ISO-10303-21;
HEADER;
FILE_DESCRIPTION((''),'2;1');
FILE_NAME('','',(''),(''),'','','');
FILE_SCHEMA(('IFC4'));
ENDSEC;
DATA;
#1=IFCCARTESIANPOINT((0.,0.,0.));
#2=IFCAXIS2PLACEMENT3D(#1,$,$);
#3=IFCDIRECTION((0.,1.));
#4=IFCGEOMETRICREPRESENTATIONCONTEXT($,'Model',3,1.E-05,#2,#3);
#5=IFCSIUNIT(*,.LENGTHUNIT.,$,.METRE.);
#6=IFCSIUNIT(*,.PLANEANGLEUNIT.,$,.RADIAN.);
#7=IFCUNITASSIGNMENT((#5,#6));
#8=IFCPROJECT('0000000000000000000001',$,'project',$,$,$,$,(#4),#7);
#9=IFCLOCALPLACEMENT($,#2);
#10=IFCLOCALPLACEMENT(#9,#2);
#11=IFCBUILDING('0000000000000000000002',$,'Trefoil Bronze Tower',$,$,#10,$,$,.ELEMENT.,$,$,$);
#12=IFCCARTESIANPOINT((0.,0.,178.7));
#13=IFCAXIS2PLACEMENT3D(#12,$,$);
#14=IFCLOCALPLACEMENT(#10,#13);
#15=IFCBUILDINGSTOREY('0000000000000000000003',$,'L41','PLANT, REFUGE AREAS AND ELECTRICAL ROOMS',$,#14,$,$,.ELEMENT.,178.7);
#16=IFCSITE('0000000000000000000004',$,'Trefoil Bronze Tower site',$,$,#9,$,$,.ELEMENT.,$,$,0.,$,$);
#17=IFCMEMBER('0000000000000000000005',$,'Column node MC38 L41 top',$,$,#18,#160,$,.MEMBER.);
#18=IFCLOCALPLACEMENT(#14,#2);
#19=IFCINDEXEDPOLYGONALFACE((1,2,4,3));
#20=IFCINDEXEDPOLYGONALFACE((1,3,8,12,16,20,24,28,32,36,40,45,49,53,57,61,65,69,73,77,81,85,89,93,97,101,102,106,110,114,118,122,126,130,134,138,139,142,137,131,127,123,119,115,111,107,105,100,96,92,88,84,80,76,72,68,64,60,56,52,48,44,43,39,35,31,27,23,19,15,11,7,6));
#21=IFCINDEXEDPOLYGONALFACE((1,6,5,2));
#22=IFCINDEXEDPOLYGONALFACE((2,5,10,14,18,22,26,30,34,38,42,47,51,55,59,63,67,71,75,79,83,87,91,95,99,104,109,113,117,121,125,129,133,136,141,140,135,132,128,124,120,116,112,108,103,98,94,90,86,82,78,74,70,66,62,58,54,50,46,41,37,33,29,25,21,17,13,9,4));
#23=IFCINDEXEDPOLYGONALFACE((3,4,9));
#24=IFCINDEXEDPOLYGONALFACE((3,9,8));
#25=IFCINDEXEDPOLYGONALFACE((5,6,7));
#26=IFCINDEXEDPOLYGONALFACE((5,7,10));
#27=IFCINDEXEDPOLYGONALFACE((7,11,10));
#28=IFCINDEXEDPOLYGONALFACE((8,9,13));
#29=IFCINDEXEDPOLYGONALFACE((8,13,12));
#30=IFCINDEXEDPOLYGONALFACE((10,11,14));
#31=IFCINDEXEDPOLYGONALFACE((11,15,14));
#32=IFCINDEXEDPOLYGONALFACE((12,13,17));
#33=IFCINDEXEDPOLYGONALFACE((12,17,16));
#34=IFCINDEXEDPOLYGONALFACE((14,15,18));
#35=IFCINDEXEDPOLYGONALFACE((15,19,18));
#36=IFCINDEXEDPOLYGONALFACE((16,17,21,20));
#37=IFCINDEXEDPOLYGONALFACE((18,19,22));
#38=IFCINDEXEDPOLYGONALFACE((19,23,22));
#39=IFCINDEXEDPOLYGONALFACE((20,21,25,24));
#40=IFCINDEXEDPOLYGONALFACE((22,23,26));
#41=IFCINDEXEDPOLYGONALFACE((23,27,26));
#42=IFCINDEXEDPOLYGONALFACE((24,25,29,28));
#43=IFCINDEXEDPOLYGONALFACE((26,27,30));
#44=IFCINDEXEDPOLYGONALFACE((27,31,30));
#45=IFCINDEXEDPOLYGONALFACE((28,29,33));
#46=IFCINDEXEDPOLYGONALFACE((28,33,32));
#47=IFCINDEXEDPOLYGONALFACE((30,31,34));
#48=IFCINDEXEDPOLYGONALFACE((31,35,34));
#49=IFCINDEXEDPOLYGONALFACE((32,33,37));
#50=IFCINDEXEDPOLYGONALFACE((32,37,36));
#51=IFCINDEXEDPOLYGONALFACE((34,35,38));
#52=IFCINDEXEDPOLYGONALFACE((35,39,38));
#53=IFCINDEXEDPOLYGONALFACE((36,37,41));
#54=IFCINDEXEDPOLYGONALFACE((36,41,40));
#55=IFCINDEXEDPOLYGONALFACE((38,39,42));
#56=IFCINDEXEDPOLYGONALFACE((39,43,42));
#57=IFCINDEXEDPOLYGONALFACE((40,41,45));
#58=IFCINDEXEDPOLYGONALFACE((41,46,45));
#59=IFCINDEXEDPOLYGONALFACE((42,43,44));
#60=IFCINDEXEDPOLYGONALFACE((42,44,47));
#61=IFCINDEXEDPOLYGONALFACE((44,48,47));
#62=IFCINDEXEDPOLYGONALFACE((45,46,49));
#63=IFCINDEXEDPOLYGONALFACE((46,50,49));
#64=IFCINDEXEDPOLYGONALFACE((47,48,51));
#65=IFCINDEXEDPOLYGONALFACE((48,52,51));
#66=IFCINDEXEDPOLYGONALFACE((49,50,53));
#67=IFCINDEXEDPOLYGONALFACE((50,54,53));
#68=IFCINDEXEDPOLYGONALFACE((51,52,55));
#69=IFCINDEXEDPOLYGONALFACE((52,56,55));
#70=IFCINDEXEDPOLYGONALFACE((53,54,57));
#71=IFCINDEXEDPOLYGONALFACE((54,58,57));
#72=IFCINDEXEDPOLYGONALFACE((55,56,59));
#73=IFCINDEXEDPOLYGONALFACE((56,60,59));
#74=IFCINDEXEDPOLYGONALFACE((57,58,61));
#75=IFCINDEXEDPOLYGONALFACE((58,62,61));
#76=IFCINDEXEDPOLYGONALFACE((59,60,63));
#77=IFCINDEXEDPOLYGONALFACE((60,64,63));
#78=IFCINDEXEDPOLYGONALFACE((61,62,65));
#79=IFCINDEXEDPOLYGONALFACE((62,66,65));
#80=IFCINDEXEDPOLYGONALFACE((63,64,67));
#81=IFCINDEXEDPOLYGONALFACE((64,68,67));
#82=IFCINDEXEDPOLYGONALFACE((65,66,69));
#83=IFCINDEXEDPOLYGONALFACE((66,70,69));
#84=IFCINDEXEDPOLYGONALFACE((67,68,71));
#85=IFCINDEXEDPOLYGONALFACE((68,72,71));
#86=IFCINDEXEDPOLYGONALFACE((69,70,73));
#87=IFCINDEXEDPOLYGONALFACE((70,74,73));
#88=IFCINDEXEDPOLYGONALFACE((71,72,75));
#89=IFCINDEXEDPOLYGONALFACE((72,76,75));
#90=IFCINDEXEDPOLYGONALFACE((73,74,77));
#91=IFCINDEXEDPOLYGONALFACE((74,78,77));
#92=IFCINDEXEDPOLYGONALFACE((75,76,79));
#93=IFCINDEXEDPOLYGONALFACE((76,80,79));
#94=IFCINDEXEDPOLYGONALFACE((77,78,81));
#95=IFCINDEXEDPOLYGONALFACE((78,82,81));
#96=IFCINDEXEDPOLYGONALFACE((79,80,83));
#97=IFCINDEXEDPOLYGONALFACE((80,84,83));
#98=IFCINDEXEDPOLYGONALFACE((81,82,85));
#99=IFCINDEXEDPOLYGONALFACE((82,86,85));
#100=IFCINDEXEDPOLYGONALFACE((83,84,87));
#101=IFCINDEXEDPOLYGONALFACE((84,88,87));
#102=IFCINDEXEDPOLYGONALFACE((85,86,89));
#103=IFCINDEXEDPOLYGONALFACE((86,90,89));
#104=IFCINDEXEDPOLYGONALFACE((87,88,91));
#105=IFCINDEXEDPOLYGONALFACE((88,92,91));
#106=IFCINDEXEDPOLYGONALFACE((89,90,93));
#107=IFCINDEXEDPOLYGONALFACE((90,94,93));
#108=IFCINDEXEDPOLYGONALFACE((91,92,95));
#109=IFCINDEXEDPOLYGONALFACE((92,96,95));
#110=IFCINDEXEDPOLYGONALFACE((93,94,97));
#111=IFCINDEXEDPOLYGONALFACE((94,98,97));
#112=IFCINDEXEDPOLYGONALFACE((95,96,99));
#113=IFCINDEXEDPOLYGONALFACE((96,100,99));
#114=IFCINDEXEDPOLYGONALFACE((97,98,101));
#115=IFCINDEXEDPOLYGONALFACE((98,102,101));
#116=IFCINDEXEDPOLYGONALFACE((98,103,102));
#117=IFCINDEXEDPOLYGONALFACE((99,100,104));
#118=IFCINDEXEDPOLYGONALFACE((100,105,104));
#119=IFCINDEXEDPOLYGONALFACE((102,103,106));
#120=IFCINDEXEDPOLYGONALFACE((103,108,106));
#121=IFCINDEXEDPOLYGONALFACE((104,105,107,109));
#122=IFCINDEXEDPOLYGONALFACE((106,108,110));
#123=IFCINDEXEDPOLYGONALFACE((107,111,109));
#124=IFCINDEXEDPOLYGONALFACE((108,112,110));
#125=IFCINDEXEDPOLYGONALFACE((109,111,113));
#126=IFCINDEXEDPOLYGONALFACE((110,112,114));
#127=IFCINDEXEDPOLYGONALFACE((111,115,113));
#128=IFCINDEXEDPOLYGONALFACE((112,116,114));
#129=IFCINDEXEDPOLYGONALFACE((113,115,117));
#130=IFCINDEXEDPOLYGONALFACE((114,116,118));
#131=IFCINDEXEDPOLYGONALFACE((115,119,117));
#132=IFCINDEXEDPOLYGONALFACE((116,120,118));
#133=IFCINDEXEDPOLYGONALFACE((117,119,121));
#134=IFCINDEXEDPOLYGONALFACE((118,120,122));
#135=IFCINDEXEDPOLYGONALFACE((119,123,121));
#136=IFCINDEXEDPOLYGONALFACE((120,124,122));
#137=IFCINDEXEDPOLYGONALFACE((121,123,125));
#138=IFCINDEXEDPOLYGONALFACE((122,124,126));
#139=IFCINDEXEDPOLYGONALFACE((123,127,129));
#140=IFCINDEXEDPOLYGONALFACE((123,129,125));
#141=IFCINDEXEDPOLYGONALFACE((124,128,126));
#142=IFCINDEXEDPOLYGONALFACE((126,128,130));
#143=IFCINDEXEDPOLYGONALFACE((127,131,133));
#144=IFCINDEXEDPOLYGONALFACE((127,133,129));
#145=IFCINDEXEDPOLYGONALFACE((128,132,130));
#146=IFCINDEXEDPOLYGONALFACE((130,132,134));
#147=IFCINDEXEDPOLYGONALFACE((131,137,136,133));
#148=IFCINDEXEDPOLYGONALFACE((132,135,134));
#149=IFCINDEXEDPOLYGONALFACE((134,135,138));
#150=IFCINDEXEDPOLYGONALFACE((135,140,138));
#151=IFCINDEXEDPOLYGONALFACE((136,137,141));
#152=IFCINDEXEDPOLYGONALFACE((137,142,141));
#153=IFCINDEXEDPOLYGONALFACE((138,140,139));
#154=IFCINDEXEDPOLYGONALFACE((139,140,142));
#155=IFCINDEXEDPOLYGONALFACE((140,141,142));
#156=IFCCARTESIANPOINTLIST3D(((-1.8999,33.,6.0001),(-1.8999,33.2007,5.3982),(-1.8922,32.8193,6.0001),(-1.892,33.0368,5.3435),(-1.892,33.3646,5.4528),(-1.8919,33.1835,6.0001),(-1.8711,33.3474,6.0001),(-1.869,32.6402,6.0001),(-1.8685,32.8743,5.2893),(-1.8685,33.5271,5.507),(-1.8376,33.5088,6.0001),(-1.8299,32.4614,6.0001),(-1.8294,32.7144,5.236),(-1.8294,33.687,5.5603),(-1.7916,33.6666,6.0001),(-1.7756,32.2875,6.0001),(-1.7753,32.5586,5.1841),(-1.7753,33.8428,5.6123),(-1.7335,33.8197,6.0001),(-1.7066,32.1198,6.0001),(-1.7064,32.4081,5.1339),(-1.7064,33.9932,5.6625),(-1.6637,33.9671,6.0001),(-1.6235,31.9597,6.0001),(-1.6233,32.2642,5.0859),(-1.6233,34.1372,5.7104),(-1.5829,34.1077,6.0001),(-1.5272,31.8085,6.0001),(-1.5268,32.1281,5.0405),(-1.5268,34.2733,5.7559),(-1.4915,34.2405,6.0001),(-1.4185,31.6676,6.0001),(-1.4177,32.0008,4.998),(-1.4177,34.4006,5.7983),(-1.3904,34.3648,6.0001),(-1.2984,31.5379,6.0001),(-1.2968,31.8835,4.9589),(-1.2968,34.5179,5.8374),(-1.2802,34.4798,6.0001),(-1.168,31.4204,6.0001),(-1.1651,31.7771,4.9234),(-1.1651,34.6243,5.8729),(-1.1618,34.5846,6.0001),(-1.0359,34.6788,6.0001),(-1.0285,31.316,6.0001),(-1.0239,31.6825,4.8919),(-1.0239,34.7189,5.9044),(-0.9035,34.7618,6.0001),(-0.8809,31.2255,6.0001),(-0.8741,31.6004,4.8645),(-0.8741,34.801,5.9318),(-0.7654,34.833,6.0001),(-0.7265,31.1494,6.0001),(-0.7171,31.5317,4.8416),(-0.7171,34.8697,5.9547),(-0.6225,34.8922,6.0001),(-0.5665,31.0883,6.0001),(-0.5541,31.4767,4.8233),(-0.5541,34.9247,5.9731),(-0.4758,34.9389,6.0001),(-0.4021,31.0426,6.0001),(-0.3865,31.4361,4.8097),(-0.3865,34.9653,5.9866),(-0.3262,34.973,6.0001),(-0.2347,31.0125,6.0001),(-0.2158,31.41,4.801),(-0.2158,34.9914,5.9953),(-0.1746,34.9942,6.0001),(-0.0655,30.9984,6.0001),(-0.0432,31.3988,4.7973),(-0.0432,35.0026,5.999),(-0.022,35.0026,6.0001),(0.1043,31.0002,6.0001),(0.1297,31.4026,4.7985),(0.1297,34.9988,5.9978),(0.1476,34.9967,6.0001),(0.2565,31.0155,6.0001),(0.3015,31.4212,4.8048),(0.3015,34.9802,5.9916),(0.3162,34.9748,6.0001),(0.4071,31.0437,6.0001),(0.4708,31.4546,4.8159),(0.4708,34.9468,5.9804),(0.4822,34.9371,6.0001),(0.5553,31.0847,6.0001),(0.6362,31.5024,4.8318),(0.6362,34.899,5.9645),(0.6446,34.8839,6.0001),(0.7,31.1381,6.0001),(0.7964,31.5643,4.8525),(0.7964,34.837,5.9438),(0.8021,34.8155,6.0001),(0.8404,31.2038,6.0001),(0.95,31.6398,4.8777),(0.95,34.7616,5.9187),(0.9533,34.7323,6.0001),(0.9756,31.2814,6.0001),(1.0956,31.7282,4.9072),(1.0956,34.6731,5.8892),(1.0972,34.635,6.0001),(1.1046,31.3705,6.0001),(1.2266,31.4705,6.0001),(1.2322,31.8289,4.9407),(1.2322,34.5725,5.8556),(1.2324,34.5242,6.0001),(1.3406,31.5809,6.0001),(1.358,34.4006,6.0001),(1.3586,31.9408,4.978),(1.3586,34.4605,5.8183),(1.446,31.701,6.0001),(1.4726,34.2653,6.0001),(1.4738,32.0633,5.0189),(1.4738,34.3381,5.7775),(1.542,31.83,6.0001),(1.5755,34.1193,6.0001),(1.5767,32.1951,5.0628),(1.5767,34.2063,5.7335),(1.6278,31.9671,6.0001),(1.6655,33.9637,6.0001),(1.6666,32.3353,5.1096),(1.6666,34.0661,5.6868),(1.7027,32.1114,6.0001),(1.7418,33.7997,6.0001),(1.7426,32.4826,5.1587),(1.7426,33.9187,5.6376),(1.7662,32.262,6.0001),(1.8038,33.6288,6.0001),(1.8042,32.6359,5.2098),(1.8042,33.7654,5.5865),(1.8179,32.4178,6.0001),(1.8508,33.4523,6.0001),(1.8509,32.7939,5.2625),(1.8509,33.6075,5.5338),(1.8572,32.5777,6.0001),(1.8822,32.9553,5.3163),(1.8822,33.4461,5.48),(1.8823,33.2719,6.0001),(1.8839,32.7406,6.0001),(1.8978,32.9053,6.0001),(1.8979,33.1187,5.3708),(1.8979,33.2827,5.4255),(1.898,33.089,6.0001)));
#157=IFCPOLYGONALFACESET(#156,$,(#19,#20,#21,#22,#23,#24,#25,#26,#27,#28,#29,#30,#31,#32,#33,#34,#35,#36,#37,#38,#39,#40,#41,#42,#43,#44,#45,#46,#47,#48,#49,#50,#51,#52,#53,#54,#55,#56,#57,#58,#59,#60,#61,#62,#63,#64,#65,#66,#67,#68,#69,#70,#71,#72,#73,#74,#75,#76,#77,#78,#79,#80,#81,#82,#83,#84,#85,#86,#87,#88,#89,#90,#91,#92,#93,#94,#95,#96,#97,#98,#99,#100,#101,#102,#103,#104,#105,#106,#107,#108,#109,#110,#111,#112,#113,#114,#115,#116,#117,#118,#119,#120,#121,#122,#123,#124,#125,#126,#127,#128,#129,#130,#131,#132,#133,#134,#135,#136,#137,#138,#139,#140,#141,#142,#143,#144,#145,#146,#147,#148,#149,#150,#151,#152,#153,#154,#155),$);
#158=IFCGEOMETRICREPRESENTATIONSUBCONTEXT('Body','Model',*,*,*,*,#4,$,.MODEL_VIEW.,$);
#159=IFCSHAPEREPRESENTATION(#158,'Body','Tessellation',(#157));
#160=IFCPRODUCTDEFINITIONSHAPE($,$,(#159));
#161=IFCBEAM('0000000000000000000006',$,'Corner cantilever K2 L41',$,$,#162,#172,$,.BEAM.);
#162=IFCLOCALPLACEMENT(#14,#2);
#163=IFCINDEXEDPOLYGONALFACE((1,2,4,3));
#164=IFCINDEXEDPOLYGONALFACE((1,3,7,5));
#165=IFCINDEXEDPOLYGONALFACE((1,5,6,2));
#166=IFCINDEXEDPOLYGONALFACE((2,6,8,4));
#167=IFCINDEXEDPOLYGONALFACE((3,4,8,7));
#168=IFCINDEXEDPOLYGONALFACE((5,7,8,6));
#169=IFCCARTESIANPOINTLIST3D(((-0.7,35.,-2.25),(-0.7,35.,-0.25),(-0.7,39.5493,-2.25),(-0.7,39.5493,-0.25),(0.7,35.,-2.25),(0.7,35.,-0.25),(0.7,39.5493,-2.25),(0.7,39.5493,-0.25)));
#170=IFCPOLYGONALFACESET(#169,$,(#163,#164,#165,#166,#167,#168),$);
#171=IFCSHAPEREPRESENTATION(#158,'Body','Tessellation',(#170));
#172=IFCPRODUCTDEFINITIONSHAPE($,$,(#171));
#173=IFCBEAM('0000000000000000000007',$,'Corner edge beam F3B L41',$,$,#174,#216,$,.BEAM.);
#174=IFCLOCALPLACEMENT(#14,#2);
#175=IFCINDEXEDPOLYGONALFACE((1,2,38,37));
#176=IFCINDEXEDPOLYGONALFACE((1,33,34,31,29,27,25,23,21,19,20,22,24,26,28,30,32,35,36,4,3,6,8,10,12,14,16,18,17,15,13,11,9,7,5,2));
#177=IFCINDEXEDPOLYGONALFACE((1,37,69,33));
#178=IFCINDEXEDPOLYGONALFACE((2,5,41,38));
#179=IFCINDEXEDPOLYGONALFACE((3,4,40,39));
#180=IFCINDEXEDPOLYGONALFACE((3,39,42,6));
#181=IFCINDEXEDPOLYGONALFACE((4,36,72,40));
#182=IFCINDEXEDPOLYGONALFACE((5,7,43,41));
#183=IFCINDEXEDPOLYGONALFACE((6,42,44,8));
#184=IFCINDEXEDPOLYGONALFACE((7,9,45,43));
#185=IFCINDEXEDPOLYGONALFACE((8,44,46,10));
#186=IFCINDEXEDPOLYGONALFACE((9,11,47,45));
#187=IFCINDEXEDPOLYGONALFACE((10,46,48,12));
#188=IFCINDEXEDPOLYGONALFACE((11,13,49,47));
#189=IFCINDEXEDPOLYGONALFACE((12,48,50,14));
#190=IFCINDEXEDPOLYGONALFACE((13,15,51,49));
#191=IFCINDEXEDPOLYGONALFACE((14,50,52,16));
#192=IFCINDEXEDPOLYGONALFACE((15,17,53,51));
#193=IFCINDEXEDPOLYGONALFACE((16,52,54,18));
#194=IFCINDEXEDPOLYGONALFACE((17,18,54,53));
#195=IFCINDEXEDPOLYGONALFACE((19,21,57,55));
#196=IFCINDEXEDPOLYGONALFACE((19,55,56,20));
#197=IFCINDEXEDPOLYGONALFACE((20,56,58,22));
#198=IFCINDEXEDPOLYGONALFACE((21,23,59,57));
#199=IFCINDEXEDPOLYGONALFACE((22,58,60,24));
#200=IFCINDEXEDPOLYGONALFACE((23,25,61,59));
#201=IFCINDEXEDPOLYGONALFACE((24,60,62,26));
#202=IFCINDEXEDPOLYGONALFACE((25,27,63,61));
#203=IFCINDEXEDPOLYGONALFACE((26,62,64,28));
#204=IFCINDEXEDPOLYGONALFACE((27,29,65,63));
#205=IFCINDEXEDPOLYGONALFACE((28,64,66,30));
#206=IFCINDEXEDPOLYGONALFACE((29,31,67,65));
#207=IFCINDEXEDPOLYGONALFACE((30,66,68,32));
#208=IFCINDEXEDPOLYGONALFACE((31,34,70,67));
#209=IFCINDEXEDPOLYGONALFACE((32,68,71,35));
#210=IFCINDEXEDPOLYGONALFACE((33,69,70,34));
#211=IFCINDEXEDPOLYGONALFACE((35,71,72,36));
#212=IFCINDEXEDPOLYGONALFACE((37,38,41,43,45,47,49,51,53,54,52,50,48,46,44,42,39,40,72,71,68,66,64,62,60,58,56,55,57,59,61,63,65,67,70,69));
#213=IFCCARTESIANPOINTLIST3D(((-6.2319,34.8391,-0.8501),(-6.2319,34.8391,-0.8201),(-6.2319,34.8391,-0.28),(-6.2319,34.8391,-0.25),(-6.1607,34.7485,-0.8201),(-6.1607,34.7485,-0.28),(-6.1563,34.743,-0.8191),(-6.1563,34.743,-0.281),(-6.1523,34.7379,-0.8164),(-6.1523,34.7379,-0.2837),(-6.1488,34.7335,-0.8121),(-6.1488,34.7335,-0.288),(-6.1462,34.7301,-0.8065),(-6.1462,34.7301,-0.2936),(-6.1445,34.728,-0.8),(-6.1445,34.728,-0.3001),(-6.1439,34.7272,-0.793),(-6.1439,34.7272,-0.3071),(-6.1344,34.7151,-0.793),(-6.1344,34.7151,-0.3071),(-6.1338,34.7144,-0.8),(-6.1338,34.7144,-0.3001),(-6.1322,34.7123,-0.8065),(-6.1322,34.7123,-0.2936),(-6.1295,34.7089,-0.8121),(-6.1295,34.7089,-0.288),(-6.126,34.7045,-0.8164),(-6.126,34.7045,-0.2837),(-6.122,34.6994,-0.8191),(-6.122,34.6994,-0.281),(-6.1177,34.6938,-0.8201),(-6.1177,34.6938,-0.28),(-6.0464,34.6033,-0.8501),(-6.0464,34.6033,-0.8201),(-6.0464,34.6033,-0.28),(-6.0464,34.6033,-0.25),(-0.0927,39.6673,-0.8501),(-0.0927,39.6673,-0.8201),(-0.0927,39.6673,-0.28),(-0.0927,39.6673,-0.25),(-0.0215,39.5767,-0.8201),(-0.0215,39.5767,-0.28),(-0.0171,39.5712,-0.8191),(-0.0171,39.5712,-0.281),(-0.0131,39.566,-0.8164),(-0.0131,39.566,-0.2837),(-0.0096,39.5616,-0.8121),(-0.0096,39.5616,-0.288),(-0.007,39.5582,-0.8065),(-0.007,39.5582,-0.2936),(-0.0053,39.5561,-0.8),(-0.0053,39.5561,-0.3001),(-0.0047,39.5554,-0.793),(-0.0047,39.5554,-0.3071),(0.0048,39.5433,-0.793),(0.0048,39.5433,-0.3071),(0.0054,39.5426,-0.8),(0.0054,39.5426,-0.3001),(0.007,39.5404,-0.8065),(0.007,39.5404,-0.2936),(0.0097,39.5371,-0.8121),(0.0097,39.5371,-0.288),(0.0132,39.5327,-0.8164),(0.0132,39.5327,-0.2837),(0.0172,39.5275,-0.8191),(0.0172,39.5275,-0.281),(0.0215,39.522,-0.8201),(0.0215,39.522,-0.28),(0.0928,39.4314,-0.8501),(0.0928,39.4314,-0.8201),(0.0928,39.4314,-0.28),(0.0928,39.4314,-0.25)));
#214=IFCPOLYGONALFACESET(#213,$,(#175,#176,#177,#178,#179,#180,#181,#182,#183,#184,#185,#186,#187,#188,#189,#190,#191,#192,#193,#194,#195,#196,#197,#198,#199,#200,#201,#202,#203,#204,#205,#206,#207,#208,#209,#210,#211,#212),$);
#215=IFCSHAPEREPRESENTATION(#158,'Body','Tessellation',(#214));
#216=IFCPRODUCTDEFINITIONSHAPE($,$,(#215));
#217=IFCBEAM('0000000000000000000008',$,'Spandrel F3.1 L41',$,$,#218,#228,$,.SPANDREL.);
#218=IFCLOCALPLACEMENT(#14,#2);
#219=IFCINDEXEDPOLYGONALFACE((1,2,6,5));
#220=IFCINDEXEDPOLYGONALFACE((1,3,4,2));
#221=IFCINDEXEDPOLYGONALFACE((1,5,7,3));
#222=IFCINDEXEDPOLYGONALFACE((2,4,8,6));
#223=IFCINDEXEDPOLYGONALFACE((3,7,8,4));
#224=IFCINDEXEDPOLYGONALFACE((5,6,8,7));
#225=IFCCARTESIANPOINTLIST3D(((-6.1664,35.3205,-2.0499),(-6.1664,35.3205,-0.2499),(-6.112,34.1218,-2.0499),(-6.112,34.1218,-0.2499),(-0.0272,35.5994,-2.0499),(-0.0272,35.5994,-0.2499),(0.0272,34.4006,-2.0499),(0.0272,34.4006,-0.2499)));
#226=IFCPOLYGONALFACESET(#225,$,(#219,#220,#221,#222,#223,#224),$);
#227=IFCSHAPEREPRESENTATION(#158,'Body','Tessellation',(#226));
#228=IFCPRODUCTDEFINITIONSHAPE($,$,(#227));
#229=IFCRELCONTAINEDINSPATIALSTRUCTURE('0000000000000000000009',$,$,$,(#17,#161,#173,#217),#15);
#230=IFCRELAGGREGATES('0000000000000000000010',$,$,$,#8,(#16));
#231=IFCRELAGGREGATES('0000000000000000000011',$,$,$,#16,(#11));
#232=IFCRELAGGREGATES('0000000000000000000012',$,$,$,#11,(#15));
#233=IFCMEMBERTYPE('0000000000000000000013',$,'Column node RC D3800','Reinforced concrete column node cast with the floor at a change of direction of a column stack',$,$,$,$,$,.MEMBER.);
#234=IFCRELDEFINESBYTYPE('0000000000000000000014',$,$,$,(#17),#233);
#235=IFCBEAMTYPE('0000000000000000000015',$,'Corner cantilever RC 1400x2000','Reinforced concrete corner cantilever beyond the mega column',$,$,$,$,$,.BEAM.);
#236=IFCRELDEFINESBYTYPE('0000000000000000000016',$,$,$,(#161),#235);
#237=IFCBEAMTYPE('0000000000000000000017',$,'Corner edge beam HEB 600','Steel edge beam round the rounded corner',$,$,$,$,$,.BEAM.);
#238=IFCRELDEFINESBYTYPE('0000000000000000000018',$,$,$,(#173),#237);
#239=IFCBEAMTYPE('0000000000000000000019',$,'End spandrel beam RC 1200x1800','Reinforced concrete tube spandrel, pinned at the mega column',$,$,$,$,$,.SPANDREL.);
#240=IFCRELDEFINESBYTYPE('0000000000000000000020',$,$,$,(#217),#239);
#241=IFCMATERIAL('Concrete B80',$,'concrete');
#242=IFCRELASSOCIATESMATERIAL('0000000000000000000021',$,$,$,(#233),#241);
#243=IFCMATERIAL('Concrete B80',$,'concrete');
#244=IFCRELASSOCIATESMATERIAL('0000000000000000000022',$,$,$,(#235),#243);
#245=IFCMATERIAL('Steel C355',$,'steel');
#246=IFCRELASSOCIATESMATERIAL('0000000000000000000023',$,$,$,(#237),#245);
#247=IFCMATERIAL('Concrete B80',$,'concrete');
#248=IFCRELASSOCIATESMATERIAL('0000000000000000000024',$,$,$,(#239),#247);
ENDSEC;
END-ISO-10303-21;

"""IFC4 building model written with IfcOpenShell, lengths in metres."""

from ifc_helpers import new_model, si_unit, direction, frame, origin, origin_2d, place, context, subcontext, project, spatial, rectangle, circle, i_section, extrude, clip, halfspace, material, material_profile, profile_set, type_object, element, save


model = new_model("IFC4")

# Units and contexts
model_context = context("Model", 3, precision=1e-05, world=origin(), true_north=direction((0.0, 1.0)))
body_context = subcontext(model_context, "Body", "Model", "MODEL_VIEW")
ifc_project = project(units=[si_unit("LENGTHUNIT", "METRE"), si_unit("PLANEANGLEUNIT", "RADIAN")], contexts=[model_context])

# Site, building, storey
site_placement = place(None, origin())
site = spatial("IfcSite", under=ifc_project, at=site_placement, Name="Trefoil Bronze Tower site", CompositionType="ELEMENT", RefElevation=0.0)
building_placement = place(site_placement, origin())
building = spatial("IfcBuilding", under=site, at=building_placement, Name="Trefoil Bronze Tower", CompositionType="ELEMENT")
storey_placement = place(building_placement, frame((0.0, 0.0, 178.7)))
storey = spatial("IfcBuildingStorey", under=building, at=storey_placement, Name="L41", Description="PLANT, REFUGE AREAS AND ELECTRICAL ROOMS", CompositionType="ELEMENT", Elevation=178.7)

# Member
ifc_material_1 = material(Name="Concrete B80", Category="concrete")
ifc_material_profile_1 = material_profile(ifc_material_1, circle(Radius=1.8999, at=origin_2d()), Name="RC D3800")
ifc_profile_set_1 = profile_set([ifc_material_profile_1], Name="Concrete B80")
member_type_1 = type_object("IfcMemberType", Name="Column node RC D3800", Description="Reinforced concrete column node cast with the floor at a change of direction of a column stack", PredefinedType="MEMBER", material=ifc_profile_set_1)
member_1_placement = place(storey_placement, frame((0.0, 32.7993, 6.6018), z_axis=(0.0, 0.316343, -0.948645), x_axis=(-1.0, 0.0, 0.0)))
element("IfcMember", 1, at=member_1_placement, inside=storey, type_object=member_type_1, Name="Column node MC38 L41 top", PredefinedType="MEMBER", context=body_context, shape_type="Clipping", body=[
    clip(extrude(circle(Radius=1.8999, at=origin_2d()), origin(), (0.0, 0.0, 1.0), 1.2688), halfspace(frame((0.0, 0.0, 0.6343), z_axis=(0.0, -0.316343, 0.948645), x_axis=(0.0, 0.948645, 0.316343)), True)),
])

# Beams
ifc_material_2 = material(Name="Concrete B80", Category="concrete")
ifc_material_profile_2 = material_profile(ifc_material_2, rectangle(XDim=1.3999, YDim=2.0, at=origin_2d()), Name="RC 1400x2000")
ifc_profile_set_2 = profile_set([ifc_material_profile_2], Name="Concrete B80")
beam_type_1 = type_object("IfcBeamType", Name="Corner cantilever RC 1400x2000", Description="Reinforced concrete corner cantilever beyond the mega column", PredefinedType="BEAM", material=ifc_profile_set_2)
beam_1_placement = place(storey_placement, frame((0.0, 35.0, -1.25), z_axis=(0.0, 1.0, 0.0), x_axis=(-1.0, 0.0, 0.0)))
element("IfcBeam", 2, at=beam_1_placement, inside=storey, type_object=beam_type_1, Name="Corner cantilever K2 L41", PredefinedType="BEAM", context=body_context, shape_type="SweptSolid", body=[
    extrude(rectangle(XDim=1.3999, YDim=2.0, at=origin_2d()), origin(), (0.0, 0.0, 1.0), 4.5493),
])
ifc_material_3 = material(Name="Steel C355", Category="steel")
ifc_material_profile_3 = material_profile(ifc_material_3, i_section(OverallWidth=0.3, OverallDepth=0.6001, WebThickness=0.0154, FlangeThickness=0.03, FilletRadius=0.0271, at=origin_2d()), Name="HEB 600")
ifc_profile_set_3 = profile_set([ifc_material_profile_3], Name="Steel C355")
beam_type_2 = type_object("IfcBeamType", Name="Corner edge beam HEB 600", Description="Steel edge beam round the rounded corner", PredefinedType="BEAM", material=ifc_profile_set_3)
beam_2_placement = place(storey_placement, frame((-6.1392, 34.7212, -0.55), z_axis=(0.786038, 0.618178, 0.0), x_axis=(-0.618178, 0.786038, 0.0)))
element("IfcBeam", 3, at=beam_2_placement, inside=storey, type_object=beam_type_2, Name="Corner edge beam F3B L41", PredefinedType="BEAM", context=body_context, shape_type="SweptSolid", body=[
    extrude(i_section(OverallWidth=0.3, OverallDepth=0.6001, WebThickness=0.0154, FlangeThickness=0.03, FilletRadius=0.0271, at=origin_2d()), origin(), (0.0, 0.0, 1.0), 7.8103),
])
ifc_material_4 = material(Name="Concrete B80", Category="concrete")
ifc_material_profile_4 = material_profile(ifc_material_4, rectangle(XDim=1.2, YDim=1.8, at=origin_2d()), Name="RC 1200x1800")
ifc_profile_set_4 = profile_set([ifc_material_profile_4], Name="Concrete B80")
beam_type_3 = type_object("IfcBeamType", Name="End spandrel beam RC 1200x1800", Description="Reinforced concrete tube spandrel, pinned at the mega column", PredefinedType="SPANDREL", material=ifc_profile_set_4)
beam_3_placement = place(storey_placement, frame((0.0, 35.0, -1.1499), z_axis=(-0.99897, -0.045368, 0.0), x_axis=(0.045368, -0.99897, 0.0)))
element("IfcBeam", 4, at=beam_3_placement, inside=storey, type_object=beam_type_3, Name="Spandrel F3.1 L41", PredefinedType="SPANDREL", context=body_context, shape_type="SweptSolid", body=[
    extrude(rectangle(XDim=1.2, YDim=1.8, at=origin_2d()), origin(), (0.0, 0.0, 1.0), 6.1455),
])

save(model, "model.ifc")
